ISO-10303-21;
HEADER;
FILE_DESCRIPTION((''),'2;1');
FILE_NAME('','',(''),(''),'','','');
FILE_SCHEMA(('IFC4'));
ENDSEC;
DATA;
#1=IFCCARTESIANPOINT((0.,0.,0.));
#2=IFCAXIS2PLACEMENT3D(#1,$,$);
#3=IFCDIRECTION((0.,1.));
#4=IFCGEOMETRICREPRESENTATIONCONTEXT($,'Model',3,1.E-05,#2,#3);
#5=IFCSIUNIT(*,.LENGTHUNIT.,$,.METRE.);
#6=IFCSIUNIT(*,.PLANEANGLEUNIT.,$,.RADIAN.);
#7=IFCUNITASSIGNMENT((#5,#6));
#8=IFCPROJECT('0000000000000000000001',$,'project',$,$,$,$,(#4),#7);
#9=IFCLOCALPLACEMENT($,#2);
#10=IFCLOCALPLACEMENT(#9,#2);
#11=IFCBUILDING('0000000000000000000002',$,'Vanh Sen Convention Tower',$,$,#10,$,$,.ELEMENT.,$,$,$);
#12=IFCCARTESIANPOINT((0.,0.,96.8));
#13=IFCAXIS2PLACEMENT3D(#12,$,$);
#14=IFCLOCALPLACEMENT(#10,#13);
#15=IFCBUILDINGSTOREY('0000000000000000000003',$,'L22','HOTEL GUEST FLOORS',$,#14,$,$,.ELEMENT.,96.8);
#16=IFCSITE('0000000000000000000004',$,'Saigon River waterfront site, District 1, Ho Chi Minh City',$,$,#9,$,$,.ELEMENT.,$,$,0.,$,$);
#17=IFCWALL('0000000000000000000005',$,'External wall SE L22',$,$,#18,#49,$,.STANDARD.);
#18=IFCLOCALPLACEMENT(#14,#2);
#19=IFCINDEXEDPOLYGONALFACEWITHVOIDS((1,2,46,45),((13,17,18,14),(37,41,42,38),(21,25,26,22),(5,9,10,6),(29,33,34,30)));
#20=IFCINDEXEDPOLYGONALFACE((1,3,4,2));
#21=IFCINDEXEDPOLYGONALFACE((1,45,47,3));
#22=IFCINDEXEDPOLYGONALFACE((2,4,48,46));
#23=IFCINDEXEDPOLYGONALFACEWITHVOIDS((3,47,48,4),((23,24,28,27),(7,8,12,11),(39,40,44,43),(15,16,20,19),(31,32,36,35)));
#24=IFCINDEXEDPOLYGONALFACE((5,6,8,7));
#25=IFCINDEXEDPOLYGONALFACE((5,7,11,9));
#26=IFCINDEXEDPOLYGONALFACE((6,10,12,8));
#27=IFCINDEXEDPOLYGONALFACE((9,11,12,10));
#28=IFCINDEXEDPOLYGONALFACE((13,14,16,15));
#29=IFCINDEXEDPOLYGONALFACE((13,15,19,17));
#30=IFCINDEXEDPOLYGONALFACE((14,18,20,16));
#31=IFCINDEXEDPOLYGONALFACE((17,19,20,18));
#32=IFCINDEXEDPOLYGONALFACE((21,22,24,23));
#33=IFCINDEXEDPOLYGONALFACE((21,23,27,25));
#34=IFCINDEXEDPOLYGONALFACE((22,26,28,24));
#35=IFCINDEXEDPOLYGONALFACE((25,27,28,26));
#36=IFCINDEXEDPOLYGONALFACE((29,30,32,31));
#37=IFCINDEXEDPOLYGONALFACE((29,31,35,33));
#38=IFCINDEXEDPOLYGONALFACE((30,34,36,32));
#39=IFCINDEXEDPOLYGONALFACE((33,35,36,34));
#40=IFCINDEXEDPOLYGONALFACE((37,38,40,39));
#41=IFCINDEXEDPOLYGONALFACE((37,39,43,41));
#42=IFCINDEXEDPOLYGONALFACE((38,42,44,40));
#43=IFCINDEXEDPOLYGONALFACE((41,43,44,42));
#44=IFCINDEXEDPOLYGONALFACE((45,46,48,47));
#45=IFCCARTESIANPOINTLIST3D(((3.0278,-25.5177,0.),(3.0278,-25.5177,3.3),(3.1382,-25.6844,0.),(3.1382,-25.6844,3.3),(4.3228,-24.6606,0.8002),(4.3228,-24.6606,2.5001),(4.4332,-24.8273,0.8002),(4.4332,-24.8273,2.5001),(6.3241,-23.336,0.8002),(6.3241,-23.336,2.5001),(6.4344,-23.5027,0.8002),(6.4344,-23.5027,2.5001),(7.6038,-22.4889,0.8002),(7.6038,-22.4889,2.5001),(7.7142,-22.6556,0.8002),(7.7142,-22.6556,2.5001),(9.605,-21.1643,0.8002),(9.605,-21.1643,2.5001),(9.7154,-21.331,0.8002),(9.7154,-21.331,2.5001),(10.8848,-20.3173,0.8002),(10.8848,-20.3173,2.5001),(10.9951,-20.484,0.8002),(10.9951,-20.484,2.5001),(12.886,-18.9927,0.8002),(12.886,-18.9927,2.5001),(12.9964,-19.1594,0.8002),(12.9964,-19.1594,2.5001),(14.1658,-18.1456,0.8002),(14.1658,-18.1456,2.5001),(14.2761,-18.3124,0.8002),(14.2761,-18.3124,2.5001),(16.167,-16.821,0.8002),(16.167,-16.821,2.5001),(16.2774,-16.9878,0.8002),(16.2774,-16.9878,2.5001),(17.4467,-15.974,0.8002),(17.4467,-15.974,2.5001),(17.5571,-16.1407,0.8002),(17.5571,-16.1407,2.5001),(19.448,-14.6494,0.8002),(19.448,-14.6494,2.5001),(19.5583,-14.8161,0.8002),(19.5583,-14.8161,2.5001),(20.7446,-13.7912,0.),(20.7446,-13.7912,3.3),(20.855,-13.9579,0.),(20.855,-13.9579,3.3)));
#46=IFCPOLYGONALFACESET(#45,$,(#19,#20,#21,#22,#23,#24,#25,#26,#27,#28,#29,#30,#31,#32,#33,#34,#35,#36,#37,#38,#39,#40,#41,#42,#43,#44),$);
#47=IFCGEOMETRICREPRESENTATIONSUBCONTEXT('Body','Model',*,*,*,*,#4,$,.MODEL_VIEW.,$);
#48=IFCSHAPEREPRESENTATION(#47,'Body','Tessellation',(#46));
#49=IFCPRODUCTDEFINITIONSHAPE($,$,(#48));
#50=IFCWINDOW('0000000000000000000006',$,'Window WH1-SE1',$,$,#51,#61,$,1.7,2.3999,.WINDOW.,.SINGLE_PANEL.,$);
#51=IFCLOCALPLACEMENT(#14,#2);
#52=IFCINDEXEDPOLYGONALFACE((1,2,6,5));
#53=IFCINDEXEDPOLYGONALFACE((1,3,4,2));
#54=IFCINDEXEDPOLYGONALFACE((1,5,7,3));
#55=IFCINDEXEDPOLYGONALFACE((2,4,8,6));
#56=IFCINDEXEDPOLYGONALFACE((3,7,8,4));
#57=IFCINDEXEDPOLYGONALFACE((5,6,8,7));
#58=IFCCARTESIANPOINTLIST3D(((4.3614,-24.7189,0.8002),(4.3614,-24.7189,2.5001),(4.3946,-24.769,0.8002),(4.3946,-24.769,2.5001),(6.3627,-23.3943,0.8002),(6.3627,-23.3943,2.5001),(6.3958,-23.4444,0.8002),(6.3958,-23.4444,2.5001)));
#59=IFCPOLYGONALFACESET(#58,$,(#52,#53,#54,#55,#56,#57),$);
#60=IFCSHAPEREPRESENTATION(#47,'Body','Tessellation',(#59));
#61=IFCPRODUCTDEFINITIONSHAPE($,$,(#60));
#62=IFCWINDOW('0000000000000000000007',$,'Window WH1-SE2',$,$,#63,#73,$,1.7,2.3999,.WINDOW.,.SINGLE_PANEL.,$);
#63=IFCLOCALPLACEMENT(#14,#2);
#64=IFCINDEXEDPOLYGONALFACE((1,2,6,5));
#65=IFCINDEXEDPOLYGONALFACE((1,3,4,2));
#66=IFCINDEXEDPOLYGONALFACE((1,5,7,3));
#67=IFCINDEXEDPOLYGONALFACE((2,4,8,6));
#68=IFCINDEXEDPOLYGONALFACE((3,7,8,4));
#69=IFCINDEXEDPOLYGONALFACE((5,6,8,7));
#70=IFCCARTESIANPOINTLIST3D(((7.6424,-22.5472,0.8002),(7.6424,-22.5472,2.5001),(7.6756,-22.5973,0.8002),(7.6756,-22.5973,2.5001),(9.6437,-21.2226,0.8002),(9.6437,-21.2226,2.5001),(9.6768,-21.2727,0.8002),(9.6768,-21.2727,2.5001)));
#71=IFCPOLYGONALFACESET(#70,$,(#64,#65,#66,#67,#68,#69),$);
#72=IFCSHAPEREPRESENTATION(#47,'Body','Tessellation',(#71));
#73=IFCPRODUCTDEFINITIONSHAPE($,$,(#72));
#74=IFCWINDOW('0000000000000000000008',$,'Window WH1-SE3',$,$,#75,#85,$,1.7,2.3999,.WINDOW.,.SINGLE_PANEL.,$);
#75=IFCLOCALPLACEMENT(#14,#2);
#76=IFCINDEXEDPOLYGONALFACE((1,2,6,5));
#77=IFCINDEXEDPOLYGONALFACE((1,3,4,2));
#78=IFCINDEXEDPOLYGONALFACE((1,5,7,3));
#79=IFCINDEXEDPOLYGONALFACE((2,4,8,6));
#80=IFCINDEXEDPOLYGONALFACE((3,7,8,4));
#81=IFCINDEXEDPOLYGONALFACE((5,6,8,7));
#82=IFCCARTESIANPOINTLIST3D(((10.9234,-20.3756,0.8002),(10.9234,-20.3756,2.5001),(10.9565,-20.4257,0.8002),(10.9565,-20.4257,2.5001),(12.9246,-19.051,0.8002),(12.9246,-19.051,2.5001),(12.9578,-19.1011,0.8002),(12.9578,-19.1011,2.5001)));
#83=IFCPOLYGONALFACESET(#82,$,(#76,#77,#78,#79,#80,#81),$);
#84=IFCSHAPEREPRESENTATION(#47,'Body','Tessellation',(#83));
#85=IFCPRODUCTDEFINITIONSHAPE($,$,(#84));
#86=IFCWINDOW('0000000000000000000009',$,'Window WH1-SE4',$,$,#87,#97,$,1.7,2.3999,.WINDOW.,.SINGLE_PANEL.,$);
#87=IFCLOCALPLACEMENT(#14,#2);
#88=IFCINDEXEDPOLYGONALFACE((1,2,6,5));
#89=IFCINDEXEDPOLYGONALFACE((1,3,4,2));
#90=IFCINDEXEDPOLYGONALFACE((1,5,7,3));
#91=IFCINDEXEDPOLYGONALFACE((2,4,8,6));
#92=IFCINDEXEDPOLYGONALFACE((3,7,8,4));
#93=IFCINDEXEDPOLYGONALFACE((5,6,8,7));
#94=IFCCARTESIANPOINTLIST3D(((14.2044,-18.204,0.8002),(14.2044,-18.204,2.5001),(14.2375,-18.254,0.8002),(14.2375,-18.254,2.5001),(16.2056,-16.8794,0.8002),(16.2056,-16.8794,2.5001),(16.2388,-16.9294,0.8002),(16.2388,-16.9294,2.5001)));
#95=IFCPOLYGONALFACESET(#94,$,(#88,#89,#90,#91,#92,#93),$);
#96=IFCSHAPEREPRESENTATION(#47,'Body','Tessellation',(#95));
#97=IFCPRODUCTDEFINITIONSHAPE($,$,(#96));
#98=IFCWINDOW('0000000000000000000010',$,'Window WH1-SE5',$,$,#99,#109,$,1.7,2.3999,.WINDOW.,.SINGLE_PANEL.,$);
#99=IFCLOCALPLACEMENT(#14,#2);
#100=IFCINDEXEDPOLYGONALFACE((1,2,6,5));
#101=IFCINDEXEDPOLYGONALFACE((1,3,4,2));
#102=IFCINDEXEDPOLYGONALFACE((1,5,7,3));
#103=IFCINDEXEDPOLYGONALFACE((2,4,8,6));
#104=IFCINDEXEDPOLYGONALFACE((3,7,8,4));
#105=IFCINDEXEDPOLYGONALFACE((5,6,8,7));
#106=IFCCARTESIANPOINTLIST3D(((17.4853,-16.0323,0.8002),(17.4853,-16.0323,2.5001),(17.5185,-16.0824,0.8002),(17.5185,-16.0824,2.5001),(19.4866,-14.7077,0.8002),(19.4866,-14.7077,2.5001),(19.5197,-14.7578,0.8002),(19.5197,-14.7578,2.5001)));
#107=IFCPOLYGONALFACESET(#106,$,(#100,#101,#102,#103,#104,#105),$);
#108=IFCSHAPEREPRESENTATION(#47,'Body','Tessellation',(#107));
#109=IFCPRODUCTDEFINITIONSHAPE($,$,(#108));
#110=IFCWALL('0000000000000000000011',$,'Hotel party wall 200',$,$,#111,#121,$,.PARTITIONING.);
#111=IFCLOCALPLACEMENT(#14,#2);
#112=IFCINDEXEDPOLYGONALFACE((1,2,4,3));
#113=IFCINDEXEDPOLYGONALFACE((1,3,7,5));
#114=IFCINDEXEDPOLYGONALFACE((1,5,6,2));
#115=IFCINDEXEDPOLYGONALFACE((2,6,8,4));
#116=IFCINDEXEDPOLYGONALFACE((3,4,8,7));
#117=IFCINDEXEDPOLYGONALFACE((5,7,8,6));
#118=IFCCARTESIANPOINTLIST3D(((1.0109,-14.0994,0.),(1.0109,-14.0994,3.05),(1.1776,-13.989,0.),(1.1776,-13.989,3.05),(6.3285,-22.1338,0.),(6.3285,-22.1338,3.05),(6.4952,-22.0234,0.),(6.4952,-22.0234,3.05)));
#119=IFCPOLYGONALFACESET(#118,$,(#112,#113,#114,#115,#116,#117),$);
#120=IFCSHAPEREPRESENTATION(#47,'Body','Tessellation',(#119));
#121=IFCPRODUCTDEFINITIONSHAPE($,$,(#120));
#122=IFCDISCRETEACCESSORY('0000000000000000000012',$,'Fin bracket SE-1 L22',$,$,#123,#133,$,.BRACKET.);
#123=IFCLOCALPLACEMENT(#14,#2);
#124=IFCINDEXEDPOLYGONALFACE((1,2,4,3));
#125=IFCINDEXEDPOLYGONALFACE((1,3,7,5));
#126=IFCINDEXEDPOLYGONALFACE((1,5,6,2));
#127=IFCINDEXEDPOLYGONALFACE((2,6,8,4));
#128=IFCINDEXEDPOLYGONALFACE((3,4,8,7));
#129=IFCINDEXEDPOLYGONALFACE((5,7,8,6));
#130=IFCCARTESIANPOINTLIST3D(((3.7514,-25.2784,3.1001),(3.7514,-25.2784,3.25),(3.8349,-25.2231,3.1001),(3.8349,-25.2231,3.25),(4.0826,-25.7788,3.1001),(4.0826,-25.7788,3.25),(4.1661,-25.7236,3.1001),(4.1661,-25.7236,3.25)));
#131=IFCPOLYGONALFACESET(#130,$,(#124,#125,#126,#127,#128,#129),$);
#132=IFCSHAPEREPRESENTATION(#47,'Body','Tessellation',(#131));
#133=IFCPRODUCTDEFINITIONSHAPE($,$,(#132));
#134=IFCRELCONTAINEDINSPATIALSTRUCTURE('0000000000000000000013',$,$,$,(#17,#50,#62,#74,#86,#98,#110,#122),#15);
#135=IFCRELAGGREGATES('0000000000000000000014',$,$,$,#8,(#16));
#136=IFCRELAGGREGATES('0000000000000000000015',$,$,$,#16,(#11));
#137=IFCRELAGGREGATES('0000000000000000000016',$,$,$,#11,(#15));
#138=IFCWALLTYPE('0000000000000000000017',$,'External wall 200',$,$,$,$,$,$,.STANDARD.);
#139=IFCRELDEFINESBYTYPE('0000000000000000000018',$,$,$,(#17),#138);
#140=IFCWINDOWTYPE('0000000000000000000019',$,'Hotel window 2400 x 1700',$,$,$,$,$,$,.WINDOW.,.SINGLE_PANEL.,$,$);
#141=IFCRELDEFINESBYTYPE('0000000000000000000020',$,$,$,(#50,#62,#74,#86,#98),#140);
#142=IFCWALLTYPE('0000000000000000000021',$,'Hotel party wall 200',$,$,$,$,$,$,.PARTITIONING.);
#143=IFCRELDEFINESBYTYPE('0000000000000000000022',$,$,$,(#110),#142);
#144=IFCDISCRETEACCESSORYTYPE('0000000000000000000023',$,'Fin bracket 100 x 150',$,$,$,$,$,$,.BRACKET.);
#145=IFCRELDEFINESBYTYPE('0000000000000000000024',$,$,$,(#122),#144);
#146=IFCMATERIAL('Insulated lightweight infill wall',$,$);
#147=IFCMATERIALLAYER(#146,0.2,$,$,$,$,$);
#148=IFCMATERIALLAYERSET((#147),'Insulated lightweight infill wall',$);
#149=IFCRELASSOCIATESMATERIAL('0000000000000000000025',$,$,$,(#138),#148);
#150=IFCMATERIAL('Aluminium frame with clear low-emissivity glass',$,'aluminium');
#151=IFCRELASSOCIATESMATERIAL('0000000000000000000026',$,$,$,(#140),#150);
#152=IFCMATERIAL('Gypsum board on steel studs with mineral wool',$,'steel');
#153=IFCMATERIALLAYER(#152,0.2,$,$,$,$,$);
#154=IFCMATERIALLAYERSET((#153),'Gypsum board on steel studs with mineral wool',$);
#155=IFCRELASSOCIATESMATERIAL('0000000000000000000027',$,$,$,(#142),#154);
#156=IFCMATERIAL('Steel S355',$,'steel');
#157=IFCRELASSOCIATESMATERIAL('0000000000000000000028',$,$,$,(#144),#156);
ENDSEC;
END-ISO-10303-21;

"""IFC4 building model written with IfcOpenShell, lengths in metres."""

from ifc_helpers import new_model, si_unit, direction, frame, frame_2d, origin, origin_2d, place, context, subcontext, project, spatial, rectangle, extrude, material, layer, layer_set, type_object, element, fill, save


model = new_model("IFC4")

# Units and contexts
model_context = context("Model", 3, precision=1e-05, world=origin(), true_north=direction((0.0, 1.0)))
body_context = subcontext(model_context, "Body", "Model", "MODEL_VIEW")
ifc_project = project(units=[si_unit("LENGTHUNIT", "METRE"), si_unit("PLANEANGLEUNIT", "RADIAN")], contexts=[model_context])

# Site, building, storey
site_placement = place(None, origin())
site = spatial("IfcSite", under=ifc_project, at=site_placement, Name="Saigon River waterfront site, District 1, Ho Chi Minh City", CompositionType="ELEMENT", RefElevation=0.0)
building_placement = place(site_placement, origin())
building = spatial("IfcBuilding", under=site, at=building_placement, Name="Vanh Sen Convention Tower", CompositionType="ELEMENT")
storey_placement = place(building_placement, frame((0.0, 0.0, 96.8)))
storey = spatial("IfcBuildingStorey", under=building, at=storey_placement, Name="L22", Description="HOTEL GUEST FLOORS", CompositionType="ELEMENT", Elevation=96.8)

# Shared definitions
ifc_material_1 = material(Name="Gypsum board on steel studs with mineral wool", Category="steel")

# Wall, openings, windows
ifc_material_2 = material(Name="Insulated lightweight infill wall")
ifc_layer_1 = layer(ifc_material_2, 0.2)
ifc_layer_set_1 = layer_set([ifc_layer_1], Name="Insulated lightweight infill wall")
wall_type_1 = type_object("IfcWallType", Name="External wall 200", PredefinedType="STANDARD", material=ifc_layer_set_1)
wall_1_placement = place(storey_placement, frame((3.083, -25.6011, 0.0), z_axis=(0.0, 0.0, 1.0), x_axis=(0.833884, 0.551939, 0.0)))
wall_1 = element("IfcWall", 1, at=wall_1_placement, inside=storey, type_object=wall_type_1, Name="External wall SE L22", PredefinedType="STANDARD", context=body_context, shape_type="SweptSolid", body=[
    extrude(rectangle(XDim=21.2461, YDim=0.2, at=frame_2d((10.623, 0.0))), origin(), (0.0, 0.0, 1.0), 3.3),
])
opening_1_placement = place(wall_1_placement, frame((1.553, 0.0, 0.8)))
opening_1 = element("IfcOpeningElement", 2, at=opening_1_placement, cuts=wall_1, PredefinedType="OPENING", context=body_context, shape_type="SweptSolid", body=[
    extrude(rectangle(XDim=2.3999, YDim=1.7, at=frame_2d((1.2, 0.8501))), frame((0.0, 0.1099, 0.0), z_axis=(0.0, -1.0, 0.0), x_axis=(1.0, 0.0, 0.0)), (0.0, 0.0, 1.0), 0.22),
])
opening_2_placement = place(wall_1_placement, frame((5.4875, 0.0, 0.8)))
opening_2 = element("IfcOpeningElement", 3, at=opening_2_placement, cuts=wall_1, PredefinedType="OPENING", context=body_context, shape_type="SweptSolid", body=[
    extrude(rectangle(XDim=2.3999, YDim=1.7, at=frame_2d((1.2, 0.8501))), frame((0.0, 0.1099, 0.0), z_axis=(0.0, -1.0, 0.0), x_axis=(1.0, 0.0, 0.0)), (0.0, 0.0, 1.0), 0.22),
])
opening_3_placement = place(wall_1_placement, frame((9.4221, 0.0, 0.8)))
opening_3 = element("IfcOpeningElement", 4, at=opening_3_placement, cuts=wall_1, PredefinedType="OPENING", context=body_context, shape_type="SweptSolid", body=[
    extrude(rectangle(XDim=2.3999, YDim=1.7, at=frame_2d((1.2, 0.8501))), frame((0.0, 0.1099, 0.0), z_axis=(0.0, -1.0, 0.0), x_axis=(1.0, 0.0, 0.0)), (0.0, 0.0, 1.0), 0.22),
])
opening_4_placement = place(wall_1_placement, frame((13.3567, 0.0, 0.8)))
opening_4 = element("IfcOpeningElement", 5, at=opening_4_placement, cuts=wall_1, PredefinedType="OPENING", context=body_context, shape_type="SweptSolid", body=[
    extrude(rectangle(XDim=2.3999, YDim=1.7, at=frame_2d((1.2, 0.8501))), frame((0.0, 0.1099, 0.0), z_axis=(0.0, -1.0, 0.0), x_axis=(1.0, 0.0, 0.0)), (0.0, 0.0, 1.0), 0.22),
])
opening_5_placement = place(wall_1_placement, frame((17.2913, 0.0, 0.8)))
opening_5 = element("IfcOpeningElement", 6, at=opening_5_placement, cuts=wall_1, PredefinedType="OPENING", context=body_context, shape_type="SweptSolid", body=[
    extrude(rectangle(XDim=2.3999, YDim=1.7, at=frame_2d((1.2, 0.8501))), frame((0.0, 0.1099, 0.0), z_axis=(0.0, -1.0, 0.0), x_axis=(1.0, 0.0, 0.0)), (0.0, 0.0, 1.0), 0.22),
])
ifc_material_3 = material(Name="Aluminium frame with clear low-emissivity glass", Category="aluminium")
window_type = type_object("IfcWindowType", Name="Hotel window 2400 x 1700", PartitioningType="SINGLE_PANEL", PredefinedType="WINDOW", material=ifc_material_3)
window_1_placement = place(opening_1_placement, origin())
window_1 = element("IfcWindow", 7, at=window_1_placement, inside=storey, type_object=window_type, Name="Window WH1-SE1", OverallHeight=1.7, OverallWidth=2.3999, PartitioningType="SINGLE_PANEL", PredefinedType="WINDOW", context=body_context, shape_type="SweptSolid", body=[
    extrude(rectangle(XDim=2.3999, YDim=1.7, at=frame_2d((1.2, 0.8501))), frame((0.0, 0.03, 0.0), z_axis=(0.0, -1.0, 0.0), x_axis=(1.0, 0.0, 0.0)), (0.0, 0.0, 1.0), 0.0601),
])
fill(opening_1, window_1)
window_2_placement = place(opening_2_placement, origin())
window_2 = element("IfcWindow", 8, at=window_2_placement, inside=storey, type_object=window_type, Name="Window WH1-SE2", OverallHeight=1.7, OverallWidth=2.3999, PartitioningType="SINGLE_PANEL", PredefinedType="WINDOW", context=body_context, shape_type="SweptSolid", body=[
    extrude(rectangle(XDim=2.3999, YDim=1.7, at=frame_2d((1.2, 0.8501))), frame((0.0, 0.03, 0.0), z_axis=(0.0, -1.0, 0.0), x_axis=(1.0, 0.0, 0.0)), (0.0, 0.0, 1.0), 0.0601),
])
fill(opening_2, window_2)
window_3_placement = place(opening_3_placement, origin())
window_3 = element("IfcWindow", 9, at=window_3_placement, inside=storey, type_object=window_type, Name="Window WH1-SE3", OverallHeight=1.7, OverallWidth=2.3999, PartitioningType="SINGLE_PANEL", PredefinedType="WINDOW", context=body_context, shape_type="SweptSolid", body=[
    extrude(rectangle(XDim=2.3999, YDim=1.7, at=frame_2d((1.2, 0.8501))), frame((0.0, 0.03, 0.0), z_axis=(0.0, -1.0, 0.0), x_axis=(1.0, 0.0, 0.0)), (0.0, 0.0, 1.0), 0.0601),
])
fill(opening_3, window_3)
window_4_placement = place(opening_4_placement, origin())
window_4 = element("IfcWindow", 10, at=window_4_placement, inside=storey, type_object=window_type, Name="Window WH1-SE4", OverallHeight=1.7, OverallWidth=2.3999, PartitioningType="SINGLE_PANEL", PredefinedType="WINDOW", context=body_context, shape_type="SweptSolid", body=[
    extrude(rectangle(XDim=2.3999, YDim=1.7, at=frame_2d((1.2, 0.8501))), frame((0.0, 0.03, 0.0), z_axis=(0.0, -1.0, 0.0), x_axis=(1.0, 0.0, 0.0)), (0.0, 0.0, 1.0), 0.0601),
])
fill(opening_4, window_4)
window_5_placement = place(opening_5_placement, origin())
window_5 = element("IfcWindow", 11, at=window_5_placement, inside=storey, type_object=window_type, Name="Window WH1-SE5", OverallHeight=1.7, OverallWidth=2.3999, PartitioningType="SINGLE_PANEL", PredefinedType="WINDOW", context=body_context, shape_type="SweptSolid", body=[
    extrude(rectangle(XDim=2.3999, YDim=1.7, at=frame_2d((1.2, 0.8501))), frame((0.0, 0.03, 0.0), z_axis=(0.0, -1.0, 0.0), x_axis=(1.0, 0.0, 0.0)), (0.0, 0.0, 1.0), 0.0601),
])
fill(opening_5, window_5)

# Wall
ifc_layer_2 = layer(ifc_material_1, 0.2)
ifc_layer_set_2 = layer_set([ifc_layer_2], Name="Gypsum board on steel studs with mineral wool")
wall_type_2 = type_object("IfcWallType", Name="Hotel party wall 200", PredefinedType="PARTITIONING", material=ifc_layer_set_2)
wall_2_placement = place(storey_placement, frame((6.4119, -22.0786, 0.0), z_axis=(0.0, 0.0, 1.0), x_axis=(-0.55192, 0.833897, 0.0)))
element("IfcWall", 12, at=wall_2_placement, inside=storey, type_object=wall_type_2, Name="Hotel party wall 200", PredefinedType="PARTITIONING", context=body_context, shape_type="SweptSolid", body=[
    extrude(rectangle(XDim=9.6348, YDim=0.2, at=frame_2d((4.8174, 0.0))), origin(), (0.0, 0.0, 1.0), 3.05),
])

# Discrete accessory
ifc_material_4 = material(Name="Steel S355", Category="steel")
discrete_accessory_type = type_object("IfcDiscreteAccessoryType", Name="Fin bracket 100 x 150", PredefinedType="BRACKET", material=ifc_material_4)
discrete_accessory_placement = place(storey_placement, frame((3.9587, -25.501, 3.1001), z_axis=(0.0, 0.0, 1.0), x_axis=(0.551937, -0.833886, 0.0)))
element("IfcDiscreteAccessory", 13, at=discrete_accessory_placement, inside=storey, type_object=discrete_accessory_type, Name="Fin bracket SE-1 L22", PredefinedType="BRACKET", context=body_context, shape_type="SweptSolid", body=[
    extrude(rectangle(XDim=0.6001, YDim=0.1001, at=origin_2d()), origin(), (0.0, 0.0, 1.0), 0.1499),
])

save(model, "model.ifc")
